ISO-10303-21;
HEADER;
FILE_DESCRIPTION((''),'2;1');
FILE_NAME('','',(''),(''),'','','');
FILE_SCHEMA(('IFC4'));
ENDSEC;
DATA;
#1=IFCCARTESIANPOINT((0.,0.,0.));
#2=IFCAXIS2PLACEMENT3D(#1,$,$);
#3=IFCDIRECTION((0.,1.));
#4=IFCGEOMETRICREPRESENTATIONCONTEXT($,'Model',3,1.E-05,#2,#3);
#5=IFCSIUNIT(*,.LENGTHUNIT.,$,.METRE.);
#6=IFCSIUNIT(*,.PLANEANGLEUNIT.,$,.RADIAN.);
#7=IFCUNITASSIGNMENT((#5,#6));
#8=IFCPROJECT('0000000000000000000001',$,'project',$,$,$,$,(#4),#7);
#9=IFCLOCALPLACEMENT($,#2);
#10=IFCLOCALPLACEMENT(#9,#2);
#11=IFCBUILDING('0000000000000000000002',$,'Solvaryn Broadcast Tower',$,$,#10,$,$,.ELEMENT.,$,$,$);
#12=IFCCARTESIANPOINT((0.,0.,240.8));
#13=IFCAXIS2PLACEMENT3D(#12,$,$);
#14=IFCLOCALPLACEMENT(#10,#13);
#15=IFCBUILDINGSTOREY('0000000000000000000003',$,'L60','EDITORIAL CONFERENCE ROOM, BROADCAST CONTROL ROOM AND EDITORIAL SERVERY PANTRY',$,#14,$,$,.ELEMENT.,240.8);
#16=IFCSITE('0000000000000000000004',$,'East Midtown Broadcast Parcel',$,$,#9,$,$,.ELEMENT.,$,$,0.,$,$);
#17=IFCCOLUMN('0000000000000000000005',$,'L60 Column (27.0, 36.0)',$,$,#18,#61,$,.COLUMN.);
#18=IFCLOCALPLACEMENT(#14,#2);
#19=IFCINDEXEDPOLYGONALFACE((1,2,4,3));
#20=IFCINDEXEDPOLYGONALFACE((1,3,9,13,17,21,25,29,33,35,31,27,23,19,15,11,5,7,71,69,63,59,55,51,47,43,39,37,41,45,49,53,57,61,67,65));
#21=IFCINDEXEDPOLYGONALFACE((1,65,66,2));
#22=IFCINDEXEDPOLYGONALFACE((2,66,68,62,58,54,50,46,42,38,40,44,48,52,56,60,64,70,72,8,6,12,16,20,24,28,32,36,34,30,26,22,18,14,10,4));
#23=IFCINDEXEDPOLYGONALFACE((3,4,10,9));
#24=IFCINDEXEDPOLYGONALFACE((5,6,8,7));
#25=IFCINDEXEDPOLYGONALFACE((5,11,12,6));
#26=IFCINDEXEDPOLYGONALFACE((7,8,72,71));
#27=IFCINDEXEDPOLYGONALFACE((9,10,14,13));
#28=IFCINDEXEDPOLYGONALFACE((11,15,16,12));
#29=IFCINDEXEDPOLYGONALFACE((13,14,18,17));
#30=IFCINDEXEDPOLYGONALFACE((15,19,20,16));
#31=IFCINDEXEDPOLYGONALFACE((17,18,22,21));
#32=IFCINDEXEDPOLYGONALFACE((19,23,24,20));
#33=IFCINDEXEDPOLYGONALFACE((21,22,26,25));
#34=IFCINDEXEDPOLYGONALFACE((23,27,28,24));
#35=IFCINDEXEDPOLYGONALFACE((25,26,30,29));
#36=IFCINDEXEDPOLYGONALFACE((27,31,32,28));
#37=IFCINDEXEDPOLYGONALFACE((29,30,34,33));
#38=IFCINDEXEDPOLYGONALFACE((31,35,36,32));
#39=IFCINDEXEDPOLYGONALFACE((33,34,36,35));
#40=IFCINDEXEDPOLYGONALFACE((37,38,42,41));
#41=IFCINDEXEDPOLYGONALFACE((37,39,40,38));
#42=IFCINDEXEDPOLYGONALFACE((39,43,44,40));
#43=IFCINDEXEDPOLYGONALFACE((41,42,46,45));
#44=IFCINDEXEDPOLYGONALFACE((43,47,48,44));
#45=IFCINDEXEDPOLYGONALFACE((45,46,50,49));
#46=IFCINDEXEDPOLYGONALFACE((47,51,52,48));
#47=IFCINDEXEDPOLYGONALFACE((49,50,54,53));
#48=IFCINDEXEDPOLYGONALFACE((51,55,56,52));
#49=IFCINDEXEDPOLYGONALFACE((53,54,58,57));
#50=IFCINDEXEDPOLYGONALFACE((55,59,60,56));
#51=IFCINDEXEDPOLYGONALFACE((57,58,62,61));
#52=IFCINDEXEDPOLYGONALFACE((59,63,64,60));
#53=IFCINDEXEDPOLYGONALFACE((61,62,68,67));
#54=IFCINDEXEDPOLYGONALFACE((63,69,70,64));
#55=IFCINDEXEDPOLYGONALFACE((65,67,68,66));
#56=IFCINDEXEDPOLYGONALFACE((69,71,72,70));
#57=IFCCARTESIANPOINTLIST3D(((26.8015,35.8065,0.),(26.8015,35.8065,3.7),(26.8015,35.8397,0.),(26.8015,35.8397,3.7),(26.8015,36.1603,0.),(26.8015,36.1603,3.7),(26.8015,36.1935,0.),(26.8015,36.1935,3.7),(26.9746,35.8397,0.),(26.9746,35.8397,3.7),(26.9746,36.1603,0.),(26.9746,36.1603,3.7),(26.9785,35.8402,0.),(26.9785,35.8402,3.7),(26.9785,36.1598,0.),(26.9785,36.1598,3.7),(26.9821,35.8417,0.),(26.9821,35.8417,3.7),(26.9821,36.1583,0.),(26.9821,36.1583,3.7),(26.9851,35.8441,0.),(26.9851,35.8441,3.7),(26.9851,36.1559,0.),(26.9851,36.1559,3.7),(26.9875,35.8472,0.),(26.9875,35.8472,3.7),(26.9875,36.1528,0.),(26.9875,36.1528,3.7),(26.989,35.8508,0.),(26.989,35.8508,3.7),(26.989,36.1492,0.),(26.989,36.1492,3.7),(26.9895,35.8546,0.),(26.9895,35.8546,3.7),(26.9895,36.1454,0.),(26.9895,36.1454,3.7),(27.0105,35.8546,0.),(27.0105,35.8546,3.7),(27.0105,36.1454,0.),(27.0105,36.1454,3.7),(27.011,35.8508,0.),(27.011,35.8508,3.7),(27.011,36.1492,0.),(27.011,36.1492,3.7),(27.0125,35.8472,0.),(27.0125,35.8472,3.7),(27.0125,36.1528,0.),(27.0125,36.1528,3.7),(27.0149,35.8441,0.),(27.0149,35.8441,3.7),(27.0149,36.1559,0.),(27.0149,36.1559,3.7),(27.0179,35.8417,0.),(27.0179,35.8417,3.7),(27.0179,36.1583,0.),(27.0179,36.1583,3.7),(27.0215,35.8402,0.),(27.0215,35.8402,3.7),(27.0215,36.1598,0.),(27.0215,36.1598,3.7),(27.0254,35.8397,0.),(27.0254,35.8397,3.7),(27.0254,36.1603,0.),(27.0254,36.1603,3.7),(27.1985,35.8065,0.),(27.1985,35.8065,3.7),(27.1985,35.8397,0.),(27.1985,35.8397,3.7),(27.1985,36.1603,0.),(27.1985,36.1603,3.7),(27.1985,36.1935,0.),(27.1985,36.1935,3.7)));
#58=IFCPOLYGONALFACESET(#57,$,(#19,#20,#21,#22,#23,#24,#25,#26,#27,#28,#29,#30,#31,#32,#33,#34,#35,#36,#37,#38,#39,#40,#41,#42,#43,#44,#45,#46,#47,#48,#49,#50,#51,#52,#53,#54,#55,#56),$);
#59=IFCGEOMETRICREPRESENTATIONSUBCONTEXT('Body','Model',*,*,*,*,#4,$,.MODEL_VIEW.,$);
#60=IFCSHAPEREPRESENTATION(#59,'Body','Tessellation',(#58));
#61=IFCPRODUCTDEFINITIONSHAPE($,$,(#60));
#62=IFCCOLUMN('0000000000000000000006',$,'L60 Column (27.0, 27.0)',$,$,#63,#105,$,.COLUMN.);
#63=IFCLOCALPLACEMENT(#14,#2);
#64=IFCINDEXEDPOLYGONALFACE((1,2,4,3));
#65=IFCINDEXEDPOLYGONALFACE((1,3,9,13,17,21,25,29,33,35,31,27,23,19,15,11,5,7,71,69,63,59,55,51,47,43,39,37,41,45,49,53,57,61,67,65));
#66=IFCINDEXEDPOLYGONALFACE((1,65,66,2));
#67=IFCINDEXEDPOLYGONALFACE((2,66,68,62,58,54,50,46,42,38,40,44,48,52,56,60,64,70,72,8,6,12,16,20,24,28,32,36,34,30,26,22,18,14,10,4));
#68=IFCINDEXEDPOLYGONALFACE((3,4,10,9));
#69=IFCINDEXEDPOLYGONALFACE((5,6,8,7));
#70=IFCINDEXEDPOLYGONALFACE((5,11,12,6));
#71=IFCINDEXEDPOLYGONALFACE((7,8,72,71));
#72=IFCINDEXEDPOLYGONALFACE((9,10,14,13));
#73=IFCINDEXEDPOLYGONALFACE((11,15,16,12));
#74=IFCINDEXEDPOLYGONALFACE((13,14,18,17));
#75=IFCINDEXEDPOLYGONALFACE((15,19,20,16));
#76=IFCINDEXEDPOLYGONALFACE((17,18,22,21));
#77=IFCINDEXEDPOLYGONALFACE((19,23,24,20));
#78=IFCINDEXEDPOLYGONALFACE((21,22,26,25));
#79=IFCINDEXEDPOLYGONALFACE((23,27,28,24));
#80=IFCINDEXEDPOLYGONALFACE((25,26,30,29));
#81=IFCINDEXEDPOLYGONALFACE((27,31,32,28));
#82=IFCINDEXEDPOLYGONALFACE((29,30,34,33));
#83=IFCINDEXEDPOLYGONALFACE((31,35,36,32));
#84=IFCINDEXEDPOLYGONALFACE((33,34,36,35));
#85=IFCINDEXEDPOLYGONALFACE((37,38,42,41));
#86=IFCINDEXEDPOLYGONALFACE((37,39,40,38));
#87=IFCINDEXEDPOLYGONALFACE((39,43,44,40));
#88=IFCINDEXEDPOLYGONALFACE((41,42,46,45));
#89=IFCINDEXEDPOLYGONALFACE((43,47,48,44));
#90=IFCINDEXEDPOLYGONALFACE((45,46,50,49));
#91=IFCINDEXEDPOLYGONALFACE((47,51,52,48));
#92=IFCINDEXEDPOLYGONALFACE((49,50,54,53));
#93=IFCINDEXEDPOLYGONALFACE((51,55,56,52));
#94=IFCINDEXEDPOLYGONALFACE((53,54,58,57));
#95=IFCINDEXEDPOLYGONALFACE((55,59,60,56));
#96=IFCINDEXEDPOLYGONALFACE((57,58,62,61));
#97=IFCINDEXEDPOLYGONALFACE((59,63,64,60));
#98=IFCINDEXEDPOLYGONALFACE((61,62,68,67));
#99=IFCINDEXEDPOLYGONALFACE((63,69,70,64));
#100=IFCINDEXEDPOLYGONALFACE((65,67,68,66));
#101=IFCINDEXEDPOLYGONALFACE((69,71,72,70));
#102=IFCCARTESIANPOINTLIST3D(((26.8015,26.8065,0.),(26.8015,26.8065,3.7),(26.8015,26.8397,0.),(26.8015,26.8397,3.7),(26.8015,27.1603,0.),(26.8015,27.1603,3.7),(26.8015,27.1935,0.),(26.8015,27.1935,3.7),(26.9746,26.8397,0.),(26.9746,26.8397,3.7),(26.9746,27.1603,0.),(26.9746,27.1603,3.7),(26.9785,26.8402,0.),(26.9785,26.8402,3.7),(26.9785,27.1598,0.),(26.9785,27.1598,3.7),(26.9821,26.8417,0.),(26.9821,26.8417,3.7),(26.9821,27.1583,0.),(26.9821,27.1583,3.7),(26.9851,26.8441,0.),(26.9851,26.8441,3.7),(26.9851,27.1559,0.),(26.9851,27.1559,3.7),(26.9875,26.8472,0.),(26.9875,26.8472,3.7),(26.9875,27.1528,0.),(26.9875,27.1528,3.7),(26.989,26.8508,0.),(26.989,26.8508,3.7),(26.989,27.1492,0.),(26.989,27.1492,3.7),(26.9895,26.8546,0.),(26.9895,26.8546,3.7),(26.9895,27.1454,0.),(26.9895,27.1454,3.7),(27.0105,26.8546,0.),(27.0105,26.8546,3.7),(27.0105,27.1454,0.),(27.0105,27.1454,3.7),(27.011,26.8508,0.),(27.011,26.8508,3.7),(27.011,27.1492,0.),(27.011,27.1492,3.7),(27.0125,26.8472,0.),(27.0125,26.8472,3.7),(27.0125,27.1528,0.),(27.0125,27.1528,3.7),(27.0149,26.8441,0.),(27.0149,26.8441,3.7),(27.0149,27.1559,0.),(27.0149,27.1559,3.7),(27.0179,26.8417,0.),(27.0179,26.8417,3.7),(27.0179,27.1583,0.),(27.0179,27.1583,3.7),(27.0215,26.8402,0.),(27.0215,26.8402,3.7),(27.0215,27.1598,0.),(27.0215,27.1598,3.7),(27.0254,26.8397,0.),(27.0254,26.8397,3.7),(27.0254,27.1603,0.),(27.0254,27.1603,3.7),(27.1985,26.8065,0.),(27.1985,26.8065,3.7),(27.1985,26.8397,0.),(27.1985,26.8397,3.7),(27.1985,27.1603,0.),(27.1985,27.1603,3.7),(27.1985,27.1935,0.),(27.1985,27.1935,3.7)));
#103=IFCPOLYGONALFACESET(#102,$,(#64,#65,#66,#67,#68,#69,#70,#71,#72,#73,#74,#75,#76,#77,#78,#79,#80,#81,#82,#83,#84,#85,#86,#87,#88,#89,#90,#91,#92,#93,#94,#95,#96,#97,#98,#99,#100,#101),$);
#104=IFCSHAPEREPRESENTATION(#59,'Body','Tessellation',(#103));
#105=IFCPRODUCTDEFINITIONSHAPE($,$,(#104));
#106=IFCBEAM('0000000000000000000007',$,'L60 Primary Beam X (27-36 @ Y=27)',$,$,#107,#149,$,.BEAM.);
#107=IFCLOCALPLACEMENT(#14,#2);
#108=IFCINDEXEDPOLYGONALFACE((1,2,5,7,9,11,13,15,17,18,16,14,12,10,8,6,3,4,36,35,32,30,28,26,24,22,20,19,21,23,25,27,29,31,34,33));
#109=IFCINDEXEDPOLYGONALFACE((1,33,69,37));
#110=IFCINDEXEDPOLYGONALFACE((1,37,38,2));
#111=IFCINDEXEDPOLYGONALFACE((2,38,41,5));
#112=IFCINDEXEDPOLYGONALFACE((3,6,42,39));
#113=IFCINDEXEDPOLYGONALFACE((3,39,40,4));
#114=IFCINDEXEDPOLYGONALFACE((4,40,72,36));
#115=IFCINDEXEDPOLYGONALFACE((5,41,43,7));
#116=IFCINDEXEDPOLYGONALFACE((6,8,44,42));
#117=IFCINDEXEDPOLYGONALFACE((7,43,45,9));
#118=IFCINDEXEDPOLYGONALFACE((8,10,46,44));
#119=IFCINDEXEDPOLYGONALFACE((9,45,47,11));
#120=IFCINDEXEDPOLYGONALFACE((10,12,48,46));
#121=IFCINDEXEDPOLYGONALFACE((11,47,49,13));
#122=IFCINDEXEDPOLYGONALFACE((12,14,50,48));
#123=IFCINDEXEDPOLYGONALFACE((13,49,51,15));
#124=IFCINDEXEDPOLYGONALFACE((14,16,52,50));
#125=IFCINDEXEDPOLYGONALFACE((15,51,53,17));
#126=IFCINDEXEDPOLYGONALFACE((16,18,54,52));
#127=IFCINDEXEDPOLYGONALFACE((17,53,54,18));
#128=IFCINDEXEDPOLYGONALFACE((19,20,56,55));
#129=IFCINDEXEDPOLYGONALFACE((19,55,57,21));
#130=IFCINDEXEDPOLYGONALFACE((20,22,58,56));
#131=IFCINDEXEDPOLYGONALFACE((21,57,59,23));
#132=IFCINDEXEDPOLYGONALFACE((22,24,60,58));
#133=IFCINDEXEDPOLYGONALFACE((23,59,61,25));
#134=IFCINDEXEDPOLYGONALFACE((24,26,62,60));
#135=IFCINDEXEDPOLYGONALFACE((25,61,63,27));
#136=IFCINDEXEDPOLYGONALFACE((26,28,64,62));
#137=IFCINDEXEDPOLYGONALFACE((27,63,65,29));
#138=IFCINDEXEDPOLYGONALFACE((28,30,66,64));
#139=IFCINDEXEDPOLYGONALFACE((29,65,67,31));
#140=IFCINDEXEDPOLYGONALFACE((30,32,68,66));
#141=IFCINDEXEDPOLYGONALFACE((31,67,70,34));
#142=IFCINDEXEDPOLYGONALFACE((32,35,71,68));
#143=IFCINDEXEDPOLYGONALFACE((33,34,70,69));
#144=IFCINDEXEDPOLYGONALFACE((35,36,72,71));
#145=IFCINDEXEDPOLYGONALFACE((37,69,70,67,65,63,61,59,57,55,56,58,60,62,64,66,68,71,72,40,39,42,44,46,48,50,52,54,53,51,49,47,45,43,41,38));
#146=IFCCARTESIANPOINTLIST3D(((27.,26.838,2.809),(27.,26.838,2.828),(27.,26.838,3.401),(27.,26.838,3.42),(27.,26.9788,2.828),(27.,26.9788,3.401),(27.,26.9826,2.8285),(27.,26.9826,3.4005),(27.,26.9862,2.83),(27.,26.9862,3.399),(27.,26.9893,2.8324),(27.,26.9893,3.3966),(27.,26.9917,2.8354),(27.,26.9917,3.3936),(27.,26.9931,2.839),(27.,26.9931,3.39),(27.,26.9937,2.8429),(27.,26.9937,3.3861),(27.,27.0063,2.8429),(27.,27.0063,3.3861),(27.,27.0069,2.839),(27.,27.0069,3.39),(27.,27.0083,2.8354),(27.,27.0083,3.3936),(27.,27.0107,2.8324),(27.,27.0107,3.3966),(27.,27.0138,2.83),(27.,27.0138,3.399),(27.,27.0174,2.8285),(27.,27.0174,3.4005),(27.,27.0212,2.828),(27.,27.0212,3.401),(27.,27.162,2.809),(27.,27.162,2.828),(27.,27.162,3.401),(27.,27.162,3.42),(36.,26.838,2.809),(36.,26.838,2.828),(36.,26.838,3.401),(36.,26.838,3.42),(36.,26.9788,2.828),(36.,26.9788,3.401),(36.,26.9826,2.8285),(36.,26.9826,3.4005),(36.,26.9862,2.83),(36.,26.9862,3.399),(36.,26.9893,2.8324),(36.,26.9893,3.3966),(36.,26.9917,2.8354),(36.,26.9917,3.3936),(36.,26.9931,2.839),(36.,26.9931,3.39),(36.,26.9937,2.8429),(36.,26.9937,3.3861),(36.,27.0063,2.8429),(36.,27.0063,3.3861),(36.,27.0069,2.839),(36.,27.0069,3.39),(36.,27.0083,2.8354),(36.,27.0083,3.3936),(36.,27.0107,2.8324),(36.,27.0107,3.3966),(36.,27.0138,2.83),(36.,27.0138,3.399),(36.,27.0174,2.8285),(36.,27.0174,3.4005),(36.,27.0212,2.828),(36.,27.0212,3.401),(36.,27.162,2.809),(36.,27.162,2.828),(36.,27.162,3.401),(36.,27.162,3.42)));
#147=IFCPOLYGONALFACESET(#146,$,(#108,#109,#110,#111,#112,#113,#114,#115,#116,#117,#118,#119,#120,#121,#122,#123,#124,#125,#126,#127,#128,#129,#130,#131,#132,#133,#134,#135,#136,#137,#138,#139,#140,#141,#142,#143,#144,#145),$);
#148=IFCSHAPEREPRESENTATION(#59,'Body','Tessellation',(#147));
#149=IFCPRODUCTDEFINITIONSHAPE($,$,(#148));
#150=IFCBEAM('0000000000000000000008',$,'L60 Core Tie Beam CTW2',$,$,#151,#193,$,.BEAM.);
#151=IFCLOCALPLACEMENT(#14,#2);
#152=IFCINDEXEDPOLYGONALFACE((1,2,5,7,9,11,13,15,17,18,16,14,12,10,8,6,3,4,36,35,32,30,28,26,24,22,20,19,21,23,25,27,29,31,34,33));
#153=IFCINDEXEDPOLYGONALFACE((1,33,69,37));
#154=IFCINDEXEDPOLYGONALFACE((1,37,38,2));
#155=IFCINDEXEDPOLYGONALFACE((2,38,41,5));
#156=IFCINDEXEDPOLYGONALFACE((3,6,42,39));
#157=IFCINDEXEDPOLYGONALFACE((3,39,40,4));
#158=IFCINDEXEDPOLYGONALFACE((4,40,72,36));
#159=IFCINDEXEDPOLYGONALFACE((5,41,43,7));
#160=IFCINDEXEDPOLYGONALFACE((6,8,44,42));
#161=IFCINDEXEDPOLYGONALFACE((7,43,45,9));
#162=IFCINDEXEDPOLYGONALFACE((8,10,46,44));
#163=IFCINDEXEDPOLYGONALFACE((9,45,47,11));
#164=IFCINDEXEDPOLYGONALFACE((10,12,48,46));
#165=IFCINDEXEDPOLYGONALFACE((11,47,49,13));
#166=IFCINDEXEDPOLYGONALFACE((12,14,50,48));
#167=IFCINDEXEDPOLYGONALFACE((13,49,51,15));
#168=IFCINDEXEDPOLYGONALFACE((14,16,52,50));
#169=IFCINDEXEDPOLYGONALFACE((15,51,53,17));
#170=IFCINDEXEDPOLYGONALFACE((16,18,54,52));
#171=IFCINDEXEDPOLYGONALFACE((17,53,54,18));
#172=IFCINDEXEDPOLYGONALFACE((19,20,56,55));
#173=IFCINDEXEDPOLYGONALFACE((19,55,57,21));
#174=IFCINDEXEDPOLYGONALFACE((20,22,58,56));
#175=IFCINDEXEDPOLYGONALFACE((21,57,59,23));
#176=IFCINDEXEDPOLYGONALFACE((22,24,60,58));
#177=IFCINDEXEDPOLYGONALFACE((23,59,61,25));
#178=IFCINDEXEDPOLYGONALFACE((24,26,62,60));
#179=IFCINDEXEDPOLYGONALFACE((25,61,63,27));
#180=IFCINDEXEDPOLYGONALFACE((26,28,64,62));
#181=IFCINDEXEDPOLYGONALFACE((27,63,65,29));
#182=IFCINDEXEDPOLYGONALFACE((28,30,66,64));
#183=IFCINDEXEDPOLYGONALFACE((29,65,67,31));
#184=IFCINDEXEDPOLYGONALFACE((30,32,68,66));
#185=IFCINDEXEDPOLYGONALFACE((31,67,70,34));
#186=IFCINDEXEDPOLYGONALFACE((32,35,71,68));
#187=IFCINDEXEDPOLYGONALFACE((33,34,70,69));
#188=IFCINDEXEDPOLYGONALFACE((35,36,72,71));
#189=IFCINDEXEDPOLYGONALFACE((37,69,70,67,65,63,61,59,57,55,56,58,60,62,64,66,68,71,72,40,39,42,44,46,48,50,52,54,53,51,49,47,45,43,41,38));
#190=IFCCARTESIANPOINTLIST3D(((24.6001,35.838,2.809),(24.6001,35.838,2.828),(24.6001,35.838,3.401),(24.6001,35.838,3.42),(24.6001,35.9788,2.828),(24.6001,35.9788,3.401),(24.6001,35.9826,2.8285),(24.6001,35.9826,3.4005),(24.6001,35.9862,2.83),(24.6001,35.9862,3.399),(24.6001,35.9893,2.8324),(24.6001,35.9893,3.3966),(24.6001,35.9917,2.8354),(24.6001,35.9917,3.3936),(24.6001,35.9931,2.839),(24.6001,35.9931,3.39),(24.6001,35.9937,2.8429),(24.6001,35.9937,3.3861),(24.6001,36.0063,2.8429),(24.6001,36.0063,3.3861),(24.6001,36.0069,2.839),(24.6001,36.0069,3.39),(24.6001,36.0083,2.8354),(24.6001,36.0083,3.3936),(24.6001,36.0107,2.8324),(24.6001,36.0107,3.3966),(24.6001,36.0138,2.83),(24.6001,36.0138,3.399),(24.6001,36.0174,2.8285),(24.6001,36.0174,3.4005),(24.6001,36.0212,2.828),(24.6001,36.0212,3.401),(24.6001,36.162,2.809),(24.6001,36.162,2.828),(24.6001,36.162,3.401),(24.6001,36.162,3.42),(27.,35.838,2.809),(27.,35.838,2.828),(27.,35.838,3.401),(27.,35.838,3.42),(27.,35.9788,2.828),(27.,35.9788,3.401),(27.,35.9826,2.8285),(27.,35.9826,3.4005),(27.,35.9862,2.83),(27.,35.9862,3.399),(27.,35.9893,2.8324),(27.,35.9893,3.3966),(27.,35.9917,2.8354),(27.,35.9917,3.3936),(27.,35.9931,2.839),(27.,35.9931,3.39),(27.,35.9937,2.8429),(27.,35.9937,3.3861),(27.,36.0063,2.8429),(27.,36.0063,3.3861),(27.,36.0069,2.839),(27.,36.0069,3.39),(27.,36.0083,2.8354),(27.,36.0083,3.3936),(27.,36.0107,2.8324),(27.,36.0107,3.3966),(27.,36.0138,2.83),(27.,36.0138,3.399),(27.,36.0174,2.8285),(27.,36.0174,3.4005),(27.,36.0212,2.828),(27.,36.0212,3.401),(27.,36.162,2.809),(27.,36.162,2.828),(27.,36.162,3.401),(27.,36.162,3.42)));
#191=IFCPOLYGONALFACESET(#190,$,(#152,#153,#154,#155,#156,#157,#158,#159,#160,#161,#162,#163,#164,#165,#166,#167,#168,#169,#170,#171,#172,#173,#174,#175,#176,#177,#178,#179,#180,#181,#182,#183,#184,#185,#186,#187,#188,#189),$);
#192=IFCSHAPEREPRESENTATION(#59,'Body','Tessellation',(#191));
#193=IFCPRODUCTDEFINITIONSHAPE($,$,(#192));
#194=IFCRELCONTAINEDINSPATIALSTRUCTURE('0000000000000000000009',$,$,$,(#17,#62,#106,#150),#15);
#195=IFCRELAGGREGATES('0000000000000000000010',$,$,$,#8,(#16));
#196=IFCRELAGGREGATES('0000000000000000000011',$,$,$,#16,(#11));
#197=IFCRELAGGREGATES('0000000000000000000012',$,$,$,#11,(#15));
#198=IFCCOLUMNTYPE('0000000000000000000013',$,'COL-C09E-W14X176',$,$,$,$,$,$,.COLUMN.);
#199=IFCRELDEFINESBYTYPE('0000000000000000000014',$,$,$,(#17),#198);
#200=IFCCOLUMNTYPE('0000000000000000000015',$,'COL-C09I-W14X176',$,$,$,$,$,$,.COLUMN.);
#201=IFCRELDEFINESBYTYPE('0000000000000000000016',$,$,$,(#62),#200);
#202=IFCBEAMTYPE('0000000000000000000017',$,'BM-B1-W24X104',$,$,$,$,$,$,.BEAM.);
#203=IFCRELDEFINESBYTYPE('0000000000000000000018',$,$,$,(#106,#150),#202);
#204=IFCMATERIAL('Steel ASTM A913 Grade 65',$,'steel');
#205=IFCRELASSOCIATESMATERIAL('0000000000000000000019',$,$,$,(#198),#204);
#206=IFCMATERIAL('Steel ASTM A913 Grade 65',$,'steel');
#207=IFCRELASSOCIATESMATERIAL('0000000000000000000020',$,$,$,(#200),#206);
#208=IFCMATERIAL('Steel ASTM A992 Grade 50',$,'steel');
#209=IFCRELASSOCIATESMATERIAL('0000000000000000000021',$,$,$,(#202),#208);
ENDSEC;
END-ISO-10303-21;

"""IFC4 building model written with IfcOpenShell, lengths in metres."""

from ifc_helpers import new_model, si_unit, direction, frame, origin, origin_2d, place, context, subcontext, project, spatial, i_section, extrude, material, material_profile, profile_set, type_object, element, save


model = new_model("IFC4")

# Units and contexts
model_context = context("Model", 3, precision=1e-05, world=origin(), true_north=direction((0.0, 1.0)))
body_context = subcontext(model_context, "Body", "Model", "MODEL_VIEW")
ifc_project = project(units=[si_unit("LENGTHUNIT", "METRE"), si_unit("PLANEANGLEUNIT", "RADIAN")], contexts=[model_context])

# Site, building, storey
site_placement = place(None, origin())
site = spatial("IfcSite", under=ifc_project, at=site_placement, Name="East Midtown Broadcast Parcel", CompositionType="ELEMENT", RefElevation=0.0)
building_placement = place(site_placement, origin())
building = spatial("IfcBuilding", under=site, at=building_placement, Name="Solvaryn Broadcast Tower", CompositionType="ELEMENT")
storey_placement = place(building_placement, frame((0.0, 0.0, 240.8)))
storey = spatial("IfcBuildingStorey", under=building, at=storey_placement, Name="L60", Description="EDITORIAL CONFERENCE ROOM, BROADCAST CONTROL ROOM AND EDITORIAL SERVERY PANTRY", CompositionType="ELEMENT", Elevation=240.8)

# Columns
ifc_material_1 = material(Name="Steel ASTM A913 Grade 65", Category="steel")
ifc_material_profile_1 = material_profile(ifc_material_1, i_section(OverallWidth=0.397, OverallDepth=0.387, WebThickness=0.021, FlangeThickness=0.0332, FilletRadius=0.0149, at=origin_2d()))
ifc_profile_set_1 = profile_set([ifc_material_profile_1], Name="Steel ASTM A913 Grade 65")
column_type_1 = type_object("IfcColumnType", Name="COL-C09E-W14X176", PredefinedType="COLUMN", material=ifc_profile_set_1)
column_1_placement = place(storey_placement, frame((27.0, 36.0, 0.0), z_axis=(0.0, 0.0, 1.0), x_axis=(1.0, 0.0, 0.0)))
element("IfcColumn", 1, at=column_1_placement, inside=storey, type_object=column_type_1, Name="L60 Column (27.0, 36.0)", PredefinedType="COLUMN", context=body_context, shape_type="SweptSolid", body=[
    extrude(i_section(OverallWidth=0.397, OverallDepth=0.387, WebThickness=0.021, FlangeThickness=0.0332, FilletRadius=0.0149, at=origin_2d()), origin(), (0.0, 0.0, 1.0), 3.7),
])
ifc_material_2 = material(Name="Steel ASTM A913 Grade 65", Category="steel")
ifc_material_profile_2 = material_profile(ifc_material_2, i_section(OverallWidth=0.397, OverallDepth=0.387, WebThickness=0.021, FlangeThickness=0.0332, FilletRadius=0.0149, at=origin_2d()))
ifc_profile_set_2 = profile_set([ifc_material_profile_2], Name="Steel ASTM A913 Grade 65")
column_type_2 = type_object("IfcColumnType", Name="COL-C09I-W14X176", PredefinedType="COLUMN", material=ifc_profile_set_2)
column_2_placement = place(storey_placement, frame((27.0, 27.0, 0.0), z_axis=(0.0, 0.0, 1.0), x_axis=(1.0, 0.0, 0.0)))
element("IfcColumn", 2, at=column_2_placement, inside=storey, type_object=column_type_2, Name="L60 Column (27.0, 27.0)", PredefinedType="COLUMN", context=body_context, shape_type="SweptSolid", body=[
    extrude(i_section(OverallWidth=0.397, OverallDepth=0.387, WebThickness=0.021, FlangeThickness=0.0332, FilletRadius=0.0149, at=origin_2d()), origin(), (0.0, 0.0, 1.0), 3.7),
])

# Beams
ifc_material_3 = material(Name="Steel ASTM A992 Grade 50", Category="steel")
ifc_material_profile_3 = material_profile(ifc_material_3, i_section(OverallWidth=0.324, OverallDepth=0.6111, WebThickness=0.0127, FlangeThickness=0.019, FilletRadius=0.0149, at=origin_2d()))
ifc_profile_set_3 = profile_set([ifc_material_profile_3], Name="Steel ASTM A992 Grade 50")
beam_type_1 = type_object("IfcBeamType", Name="BM-B1-W24X104", PredefinedType="BEAM", material=ifc_profile_set_3)
beam_1_placement = place(storey_placement, frame((27.0, 27.0, 3.1145), z_axis=(1.0, 0.0, 0.0), x_axis=(0.0, 1.0, 0.0)))
element("IfcBeam", 3, at=beam_1_placement, inside=storey, type_object=beam_type_1, Name="L60 Primary Beam X (27-36 @ Y=27)", PredefinedType="BEAM", context=body_context, shape_type="SweptSolid", body=[
    extrude(i_section(OverallWidth=0.324, OverallDepth=0.6111, WebThickness=0.0127, FlangeThickness=0.019, FilletRadius=0.0149, at=origin_2d()), origin(), (0.0, 0.0, 1.0), 9.0),
])
beam_2_placement = place(storey_placement, frame((24.6001, 36.0, 3.1145), z_axis=(1.0, 0.0, 0.0), x_axis=(0.0, 1.0, 0.0)))
element("IfcBeam", 4, at=beam_2_placement, inside=storey, type_object=beam_type_1, Name="L60 Core Tie Beam CTW2", PredefinedType="BEAM", context=body_context, shape_type="SweptSolid", body=[
    extrude(i_section(OverallWidth=0.324, OverallDepth=0.6111, WebThickness=0.0127, FlangeThickness=0.019, FilletRadius=0.0149, at=origin_2d()), origin(), (0.0, 0.0, 1.0), 2.3999),
])

save(model, "model.ifc")
